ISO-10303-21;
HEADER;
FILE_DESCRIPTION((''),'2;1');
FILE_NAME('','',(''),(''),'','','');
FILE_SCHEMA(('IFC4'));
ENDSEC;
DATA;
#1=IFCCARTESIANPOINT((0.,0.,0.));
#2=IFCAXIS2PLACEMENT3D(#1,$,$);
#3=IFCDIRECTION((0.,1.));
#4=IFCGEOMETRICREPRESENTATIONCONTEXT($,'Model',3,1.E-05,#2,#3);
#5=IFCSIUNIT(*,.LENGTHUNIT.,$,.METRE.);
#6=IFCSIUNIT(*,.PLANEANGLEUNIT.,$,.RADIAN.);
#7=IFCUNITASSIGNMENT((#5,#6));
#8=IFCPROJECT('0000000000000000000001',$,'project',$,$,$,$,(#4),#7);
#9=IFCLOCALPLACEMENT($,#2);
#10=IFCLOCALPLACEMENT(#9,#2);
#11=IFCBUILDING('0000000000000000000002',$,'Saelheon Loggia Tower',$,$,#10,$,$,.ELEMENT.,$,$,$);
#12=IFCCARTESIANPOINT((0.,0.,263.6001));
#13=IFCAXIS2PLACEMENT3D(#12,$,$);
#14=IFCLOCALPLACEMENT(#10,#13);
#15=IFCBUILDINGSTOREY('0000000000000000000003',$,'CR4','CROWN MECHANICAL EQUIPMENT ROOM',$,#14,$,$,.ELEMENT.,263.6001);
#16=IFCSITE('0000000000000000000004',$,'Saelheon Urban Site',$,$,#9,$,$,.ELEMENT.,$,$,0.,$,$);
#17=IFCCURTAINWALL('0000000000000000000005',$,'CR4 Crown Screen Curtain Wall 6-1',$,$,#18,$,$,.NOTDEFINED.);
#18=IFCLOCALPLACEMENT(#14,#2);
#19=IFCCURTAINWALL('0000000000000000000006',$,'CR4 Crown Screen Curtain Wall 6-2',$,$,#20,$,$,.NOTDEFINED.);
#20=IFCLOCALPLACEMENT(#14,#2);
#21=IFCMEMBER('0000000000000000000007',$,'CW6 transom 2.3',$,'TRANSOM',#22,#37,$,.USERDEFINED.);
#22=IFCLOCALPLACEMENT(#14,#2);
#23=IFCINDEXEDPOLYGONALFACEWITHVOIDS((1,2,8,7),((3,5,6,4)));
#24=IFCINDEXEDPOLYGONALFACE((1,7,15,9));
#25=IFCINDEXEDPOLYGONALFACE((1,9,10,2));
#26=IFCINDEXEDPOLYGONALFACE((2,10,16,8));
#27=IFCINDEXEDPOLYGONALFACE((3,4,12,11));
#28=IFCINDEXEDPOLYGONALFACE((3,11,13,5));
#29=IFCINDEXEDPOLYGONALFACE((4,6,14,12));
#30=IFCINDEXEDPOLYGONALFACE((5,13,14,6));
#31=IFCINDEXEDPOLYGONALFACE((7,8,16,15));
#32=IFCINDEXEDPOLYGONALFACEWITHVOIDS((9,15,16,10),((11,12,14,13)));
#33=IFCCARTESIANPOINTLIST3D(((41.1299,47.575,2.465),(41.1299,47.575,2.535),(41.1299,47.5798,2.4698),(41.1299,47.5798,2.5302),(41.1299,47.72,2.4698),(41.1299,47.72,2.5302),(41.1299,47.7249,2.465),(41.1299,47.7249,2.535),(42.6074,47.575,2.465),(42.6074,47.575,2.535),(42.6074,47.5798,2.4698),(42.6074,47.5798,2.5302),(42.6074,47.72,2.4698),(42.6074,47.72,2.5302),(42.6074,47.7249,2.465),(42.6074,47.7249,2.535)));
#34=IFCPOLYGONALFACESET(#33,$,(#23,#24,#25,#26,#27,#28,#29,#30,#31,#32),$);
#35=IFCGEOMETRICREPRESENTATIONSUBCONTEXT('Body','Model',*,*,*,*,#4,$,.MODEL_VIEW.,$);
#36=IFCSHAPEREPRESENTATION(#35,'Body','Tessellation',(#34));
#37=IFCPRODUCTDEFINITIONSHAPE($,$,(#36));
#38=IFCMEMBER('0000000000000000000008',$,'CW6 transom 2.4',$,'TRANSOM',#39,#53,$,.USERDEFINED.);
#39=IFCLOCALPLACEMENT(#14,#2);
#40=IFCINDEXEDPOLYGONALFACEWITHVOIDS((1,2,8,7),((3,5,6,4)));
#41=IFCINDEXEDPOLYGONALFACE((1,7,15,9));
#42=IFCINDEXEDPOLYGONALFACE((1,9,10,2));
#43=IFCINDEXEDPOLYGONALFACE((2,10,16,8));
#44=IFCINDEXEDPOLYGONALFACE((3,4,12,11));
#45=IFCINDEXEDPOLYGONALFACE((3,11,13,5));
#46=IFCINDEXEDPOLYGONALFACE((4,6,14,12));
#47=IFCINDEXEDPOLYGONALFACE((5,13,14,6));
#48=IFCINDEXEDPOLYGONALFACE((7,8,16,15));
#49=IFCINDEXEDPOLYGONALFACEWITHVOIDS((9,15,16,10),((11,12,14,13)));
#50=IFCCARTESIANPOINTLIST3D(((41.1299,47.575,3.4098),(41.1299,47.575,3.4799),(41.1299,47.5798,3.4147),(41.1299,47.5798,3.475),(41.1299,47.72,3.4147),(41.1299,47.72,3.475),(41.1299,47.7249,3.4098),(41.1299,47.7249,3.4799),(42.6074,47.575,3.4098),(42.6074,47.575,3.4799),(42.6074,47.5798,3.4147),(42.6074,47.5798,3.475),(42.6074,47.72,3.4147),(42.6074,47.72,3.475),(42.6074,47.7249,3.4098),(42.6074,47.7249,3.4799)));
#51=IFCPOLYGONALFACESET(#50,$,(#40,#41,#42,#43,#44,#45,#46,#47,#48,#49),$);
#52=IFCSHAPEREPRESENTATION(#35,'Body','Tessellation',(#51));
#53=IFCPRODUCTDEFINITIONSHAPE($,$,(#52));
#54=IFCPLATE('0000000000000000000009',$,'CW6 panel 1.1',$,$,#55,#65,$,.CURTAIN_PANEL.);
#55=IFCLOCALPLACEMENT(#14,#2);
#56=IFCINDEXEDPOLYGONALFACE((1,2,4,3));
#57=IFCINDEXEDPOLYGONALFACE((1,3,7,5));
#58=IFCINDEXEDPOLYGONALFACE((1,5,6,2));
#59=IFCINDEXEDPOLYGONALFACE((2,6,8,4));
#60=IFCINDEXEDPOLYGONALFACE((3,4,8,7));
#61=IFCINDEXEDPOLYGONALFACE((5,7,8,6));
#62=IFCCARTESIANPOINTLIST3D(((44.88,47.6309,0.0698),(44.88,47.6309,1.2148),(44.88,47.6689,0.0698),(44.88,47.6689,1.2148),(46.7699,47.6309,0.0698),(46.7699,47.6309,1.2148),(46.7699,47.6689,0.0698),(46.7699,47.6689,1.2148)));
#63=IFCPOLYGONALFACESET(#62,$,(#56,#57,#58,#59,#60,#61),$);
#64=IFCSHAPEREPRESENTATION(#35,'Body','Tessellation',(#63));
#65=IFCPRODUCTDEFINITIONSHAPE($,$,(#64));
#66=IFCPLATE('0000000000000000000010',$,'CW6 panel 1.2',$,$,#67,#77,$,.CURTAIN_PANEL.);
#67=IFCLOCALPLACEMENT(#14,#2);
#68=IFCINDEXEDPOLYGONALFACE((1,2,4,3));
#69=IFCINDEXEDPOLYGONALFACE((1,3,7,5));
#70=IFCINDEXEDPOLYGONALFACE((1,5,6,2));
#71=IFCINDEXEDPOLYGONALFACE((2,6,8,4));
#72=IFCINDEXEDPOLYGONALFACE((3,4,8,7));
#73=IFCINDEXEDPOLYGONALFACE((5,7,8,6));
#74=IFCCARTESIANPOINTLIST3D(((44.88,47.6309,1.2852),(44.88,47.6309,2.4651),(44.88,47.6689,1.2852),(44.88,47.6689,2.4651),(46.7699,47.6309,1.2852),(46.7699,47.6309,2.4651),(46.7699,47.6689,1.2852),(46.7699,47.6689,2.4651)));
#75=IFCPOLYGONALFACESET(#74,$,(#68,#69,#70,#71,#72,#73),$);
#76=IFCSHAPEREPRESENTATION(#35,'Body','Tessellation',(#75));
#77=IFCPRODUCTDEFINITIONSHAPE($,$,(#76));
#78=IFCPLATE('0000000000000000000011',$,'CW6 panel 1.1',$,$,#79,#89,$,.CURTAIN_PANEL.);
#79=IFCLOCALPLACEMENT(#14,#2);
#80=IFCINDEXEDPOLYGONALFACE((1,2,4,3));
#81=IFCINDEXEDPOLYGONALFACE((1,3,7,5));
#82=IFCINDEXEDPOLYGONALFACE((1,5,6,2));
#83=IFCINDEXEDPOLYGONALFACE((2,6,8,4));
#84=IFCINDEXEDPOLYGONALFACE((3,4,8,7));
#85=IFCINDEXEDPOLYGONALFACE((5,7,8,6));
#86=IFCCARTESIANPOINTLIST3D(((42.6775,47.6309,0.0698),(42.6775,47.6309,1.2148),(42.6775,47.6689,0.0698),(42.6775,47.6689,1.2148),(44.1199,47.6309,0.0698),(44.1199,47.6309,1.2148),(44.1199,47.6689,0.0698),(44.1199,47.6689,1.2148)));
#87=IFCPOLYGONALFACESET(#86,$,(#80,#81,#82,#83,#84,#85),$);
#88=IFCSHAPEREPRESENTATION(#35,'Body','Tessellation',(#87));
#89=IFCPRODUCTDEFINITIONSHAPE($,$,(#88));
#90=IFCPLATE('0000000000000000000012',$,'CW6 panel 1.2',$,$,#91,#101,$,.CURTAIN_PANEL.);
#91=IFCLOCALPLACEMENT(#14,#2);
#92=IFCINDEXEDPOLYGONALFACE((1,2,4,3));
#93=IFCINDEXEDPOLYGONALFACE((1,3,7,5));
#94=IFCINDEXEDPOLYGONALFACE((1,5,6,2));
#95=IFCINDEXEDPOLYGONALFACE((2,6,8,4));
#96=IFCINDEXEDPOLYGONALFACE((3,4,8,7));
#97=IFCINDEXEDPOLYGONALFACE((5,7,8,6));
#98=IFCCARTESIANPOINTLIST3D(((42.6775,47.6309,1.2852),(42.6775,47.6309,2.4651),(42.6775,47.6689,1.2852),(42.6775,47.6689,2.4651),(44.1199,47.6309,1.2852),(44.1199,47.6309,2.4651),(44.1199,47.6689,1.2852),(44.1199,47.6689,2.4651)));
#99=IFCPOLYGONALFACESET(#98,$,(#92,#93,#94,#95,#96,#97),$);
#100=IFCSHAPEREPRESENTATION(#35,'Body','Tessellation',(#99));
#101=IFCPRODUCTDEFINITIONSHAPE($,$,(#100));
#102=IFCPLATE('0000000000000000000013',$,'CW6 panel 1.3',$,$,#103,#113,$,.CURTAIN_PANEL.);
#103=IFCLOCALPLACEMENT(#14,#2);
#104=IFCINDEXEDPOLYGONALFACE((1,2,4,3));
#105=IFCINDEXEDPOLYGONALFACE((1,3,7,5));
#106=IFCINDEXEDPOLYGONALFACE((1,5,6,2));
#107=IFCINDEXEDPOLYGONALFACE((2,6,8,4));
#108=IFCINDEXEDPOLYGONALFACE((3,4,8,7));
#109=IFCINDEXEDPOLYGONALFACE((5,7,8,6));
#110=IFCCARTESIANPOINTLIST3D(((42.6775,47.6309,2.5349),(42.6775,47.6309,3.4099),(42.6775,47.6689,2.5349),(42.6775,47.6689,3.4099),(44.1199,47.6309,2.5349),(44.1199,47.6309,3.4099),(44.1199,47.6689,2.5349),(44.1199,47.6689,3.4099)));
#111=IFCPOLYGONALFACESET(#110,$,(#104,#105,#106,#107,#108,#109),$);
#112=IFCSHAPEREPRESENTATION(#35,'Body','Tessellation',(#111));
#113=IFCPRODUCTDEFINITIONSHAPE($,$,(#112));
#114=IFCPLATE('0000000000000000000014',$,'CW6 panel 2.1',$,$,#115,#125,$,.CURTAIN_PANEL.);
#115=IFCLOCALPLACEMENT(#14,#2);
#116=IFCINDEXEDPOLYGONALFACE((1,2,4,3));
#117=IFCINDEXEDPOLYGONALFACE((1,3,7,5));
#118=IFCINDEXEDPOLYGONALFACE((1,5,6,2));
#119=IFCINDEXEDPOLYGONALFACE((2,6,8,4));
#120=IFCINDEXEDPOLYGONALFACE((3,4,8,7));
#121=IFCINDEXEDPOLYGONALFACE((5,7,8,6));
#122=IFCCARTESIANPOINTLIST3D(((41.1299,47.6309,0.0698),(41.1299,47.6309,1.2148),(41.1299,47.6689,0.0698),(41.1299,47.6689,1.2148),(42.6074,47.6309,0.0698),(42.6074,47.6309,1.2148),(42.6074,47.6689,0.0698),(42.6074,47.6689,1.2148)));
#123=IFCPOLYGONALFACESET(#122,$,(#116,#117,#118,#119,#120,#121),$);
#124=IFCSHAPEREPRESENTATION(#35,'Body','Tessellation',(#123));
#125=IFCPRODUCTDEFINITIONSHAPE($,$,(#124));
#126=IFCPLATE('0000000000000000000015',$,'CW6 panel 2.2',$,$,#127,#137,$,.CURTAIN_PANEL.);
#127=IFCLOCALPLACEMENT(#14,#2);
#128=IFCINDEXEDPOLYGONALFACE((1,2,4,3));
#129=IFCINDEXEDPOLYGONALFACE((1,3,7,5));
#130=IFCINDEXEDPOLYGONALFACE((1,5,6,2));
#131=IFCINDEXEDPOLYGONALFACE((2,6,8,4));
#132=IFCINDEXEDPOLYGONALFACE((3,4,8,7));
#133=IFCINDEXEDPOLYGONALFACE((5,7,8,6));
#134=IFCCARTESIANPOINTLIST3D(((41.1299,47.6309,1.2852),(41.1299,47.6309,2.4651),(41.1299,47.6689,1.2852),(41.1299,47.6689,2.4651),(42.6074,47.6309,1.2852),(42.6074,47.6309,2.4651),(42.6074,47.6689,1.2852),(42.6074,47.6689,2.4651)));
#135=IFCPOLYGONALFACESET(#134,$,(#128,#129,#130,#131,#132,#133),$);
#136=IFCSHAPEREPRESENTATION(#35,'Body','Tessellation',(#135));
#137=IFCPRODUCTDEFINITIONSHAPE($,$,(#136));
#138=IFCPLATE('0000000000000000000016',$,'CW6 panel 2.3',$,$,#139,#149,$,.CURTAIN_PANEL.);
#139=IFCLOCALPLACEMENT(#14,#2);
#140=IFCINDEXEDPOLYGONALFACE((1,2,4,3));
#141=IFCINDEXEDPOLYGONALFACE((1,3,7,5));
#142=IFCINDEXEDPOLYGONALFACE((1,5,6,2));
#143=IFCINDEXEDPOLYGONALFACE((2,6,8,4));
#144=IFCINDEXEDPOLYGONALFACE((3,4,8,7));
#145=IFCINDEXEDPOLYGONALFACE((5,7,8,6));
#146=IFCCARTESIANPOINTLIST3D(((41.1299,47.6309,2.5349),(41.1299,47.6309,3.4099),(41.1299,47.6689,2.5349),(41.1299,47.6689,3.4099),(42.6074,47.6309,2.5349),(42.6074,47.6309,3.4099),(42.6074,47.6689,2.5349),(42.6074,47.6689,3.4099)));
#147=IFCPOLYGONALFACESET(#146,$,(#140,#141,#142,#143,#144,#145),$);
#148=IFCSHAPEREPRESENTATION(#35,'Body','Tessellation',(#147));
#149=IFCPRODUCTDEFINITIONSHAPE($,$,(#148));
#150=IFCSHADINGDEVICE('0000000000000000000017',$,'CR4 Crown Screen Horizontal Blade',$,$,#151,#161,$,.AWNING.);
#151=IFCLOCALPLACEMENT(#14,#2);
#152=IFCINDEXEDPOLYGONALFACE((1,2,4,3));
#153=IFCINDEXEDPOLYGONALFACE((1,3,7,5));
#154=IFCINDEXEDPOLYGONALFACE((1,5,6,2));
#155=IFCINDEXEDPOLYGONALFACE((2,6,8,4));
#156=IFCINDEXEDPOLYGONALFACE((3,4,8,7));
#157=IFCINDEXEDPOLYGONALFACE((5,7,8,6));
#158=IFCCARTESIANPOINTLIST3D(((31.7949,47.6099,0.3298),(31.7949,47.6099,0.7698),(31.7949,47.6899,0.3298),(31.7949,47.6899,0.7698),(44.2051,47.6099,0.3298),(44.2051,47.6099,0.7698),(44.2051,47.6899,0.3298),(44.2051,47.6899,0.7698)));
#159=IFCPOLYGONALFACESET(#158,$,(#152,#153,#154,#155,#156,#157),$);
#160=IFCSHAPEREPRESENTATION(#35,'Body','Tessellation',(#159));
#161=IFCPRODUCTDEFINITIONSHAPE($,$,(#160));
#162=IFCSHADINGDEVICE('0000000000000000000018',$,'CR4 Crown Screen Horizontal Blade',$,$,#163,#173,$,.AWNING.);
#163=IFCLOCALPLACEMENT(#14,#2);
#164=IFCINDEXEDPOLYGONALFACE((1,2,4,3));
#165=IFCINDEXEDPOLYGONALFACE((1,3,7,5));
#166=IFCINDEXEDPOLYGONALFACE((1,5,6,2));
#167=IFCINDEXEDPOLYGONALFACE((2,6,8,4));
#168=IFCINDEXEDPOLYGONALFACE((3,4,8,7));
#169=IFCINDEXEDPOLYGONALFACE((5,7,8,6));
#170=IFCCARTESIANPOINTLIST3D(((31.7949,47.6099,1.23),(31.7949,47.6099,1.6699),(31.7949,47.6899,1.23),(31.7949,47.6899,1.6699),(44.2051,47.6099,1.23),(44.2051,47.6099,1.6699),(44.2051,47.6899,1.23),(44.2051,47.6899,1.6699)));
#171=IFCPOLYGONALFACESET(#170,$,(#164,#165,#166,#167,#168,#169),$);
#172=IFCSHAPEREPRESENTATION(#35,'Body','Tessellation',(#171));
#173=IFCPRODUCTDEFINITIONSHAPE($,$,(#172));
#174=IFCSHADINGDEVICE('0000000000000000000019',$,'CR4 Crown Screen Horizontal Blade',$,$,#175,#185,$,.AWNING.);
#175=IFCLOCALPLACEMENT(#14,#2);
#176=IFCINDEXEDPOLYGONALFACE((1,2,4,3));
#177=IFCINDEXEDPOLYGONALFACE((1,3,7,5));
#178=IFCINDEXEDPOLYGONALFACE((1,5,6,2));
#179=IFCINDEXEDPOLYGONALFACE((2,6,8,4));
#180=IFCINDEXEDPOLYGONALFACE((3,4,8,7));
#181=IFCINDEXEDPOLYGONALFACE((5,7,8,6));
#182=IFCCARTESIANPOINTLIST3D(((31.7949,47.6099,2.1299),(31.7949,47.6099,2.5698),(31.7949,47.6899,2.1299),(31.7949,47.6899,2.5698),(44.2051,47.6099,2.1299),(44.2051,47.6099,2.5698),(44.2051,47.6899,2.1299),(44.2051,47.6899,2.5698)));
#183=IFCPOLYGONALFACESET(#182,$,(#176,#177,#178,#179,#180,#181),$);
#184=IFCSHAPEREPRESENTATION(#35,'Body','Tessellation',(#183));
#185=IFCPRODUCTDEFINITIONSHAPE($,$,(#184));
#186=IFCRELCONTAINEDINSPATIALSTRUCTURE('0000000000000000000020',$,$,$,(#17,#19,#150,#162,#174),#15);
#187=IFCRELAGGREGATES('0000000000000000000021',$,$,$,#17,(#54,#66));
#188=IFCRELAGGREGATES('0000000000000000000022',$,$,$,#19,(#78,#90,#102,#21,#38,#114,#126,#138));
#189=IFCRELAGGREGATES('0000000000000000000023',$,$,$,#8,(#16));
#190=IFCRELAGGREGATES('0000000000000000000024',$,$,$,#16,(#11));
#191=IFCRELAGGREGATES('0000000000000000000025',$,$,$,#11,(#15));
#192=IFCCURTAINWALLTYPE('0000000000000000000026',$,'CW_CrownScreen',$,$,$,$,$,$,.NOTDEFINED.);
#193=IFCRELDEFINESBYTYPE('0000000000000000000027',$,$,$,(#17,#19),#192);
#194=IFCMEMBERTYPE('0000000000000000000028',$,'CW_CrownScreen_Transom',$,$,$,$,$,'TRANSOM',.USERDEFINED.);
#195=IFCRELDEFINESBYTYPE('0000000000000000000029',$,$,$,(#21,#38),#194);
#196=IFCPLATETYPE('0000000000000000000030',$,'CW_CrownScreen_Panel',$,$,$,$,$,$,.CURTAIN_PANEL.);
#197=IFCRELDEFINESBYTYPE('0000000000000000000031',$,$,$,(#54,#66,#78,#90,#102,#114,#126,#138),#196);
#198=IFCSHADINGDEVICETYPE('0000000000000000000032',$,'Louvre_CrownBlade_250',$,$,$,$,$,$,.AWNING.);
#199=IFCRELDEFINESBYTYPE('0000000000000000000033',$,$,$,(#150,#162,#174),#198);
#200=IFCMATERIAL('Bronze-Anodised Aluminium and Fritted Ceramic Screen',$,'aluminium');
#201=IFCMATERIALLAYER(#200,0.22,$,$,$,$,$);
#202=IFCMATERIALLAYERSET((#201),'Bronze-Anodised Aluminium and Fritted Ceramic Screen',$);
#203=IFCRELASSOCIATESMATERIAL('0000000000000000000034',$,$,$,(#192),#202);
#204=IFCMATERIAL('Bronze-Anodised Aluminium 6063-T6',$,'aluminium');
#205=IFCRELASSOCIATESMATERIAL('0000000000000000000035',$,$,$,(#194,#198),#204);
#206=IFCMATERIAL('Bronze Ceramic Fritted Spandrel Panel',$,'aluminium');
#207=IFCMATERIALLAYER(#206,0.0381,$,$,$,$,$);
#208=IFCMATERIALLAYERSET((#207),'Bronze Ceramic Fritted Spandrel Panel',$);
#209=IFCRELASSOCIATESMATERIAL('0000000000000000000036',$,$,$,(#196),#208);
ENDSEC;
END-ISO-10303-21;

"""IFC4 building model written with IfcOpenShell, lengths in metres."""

from ifc_helpers import new_model, si_unit, direction, frame, origin, origin_2d, place, context, subcontext, project, spatial, rectangle, hollow_rectangle, extrude, source, transform, mapped, material, layer, layer_set, material_profile, profile_set, type_object, element, aggregate, save


model = new_model("IFC4")

# Units and contexts
model_context = context("Model", 3, precision=1e-05, world=origin(), true_north=direction((0.0, 1.0)))
body_context = subcontext(model_context, "Body", "Model", "MODEL_VIEW")
ifc_project = project(units=[si_unit("LENGTHUNIT", "METRE"), si_unit("PLANEANGLEUNIT", "RADIAN")], contexts=[model_context])

# Site, building, storey
site_placement = place(None, origin())
site = spatial("IfcSite", under=ifc_project, at=site_placement, Name="Saelheon Urban Site", CompositionType="ELEMENT", RefElevation=0.0)
building_placement = place(site_placement, origin())
building = spatial("IfcBuilding", under=site, at=building_placement, Name="Saelheon Loggia Tower", CompositionType="ELEMENT")
storey_placement = place(building_placement, frame((0.0, 0.0, 263.6001)))
storey = spatial("IfcBuildingStorey", under=building, at=storey_placement, Name="CR4", Description="CROWN MECHANICAL EQUIPMENT ROOM", CompositionType="ELEMENT", Elevation=263.6001)

# Curtain wall
ifc_material_1 = material(Name="Bronze-Anodised Aluminium and Fritted Ceramic Screen", Category="aluminium")
ifc_layer_1 = layer(ifc_material_1, 0.22)
ifc_layer_set_1 = layer_set([ifc_layer_1], Name="Bronze-Anodised Aluminium and Fritted Ceramic Screen")
curtain_wall_type = type_object("IfcCurtainWallType", Name="CW_CrownScreen", PredefinedType="NOTDEFINED", material=ifc_layer_set_1)
curtain_wall_1_placement = place(storey_placement, origin())
curtain_wall_1 = element("IfcCurtainWall", 1, at=curtain_wall_1_placement, inside=storey, type_object=curtain_wall_type, Name="CR4 Crown Screen Curtain Wall 6-1", PredefinedType="NOTDEFINED")
ifc_material_2 = material(Name="Bronze-Anodised Aluminium 6063-T6", Category="aluminium")

# Curtain wall, members
curtain_wall_2_placement = place(storey_placement, origin())
curtain_wall_2 = element("IfcCurtainWall", 2, at=curtain_wall_2_placement, inside=storey, type_object=curtain_wall_type, Name="CR4 Crown Screen Curtain Wall 6-2", PredefinedType="NOTDEFINED")
ifc_material_profile_1 = material_profile(ifc_material_2, hollow_rectangle(XDim=0.0701, YDim=0.1499, WallThickness=0.0049, at=origin_2d()), Name="RHS-150x70x5")
ifc_profile_set_1 = profile_set([ifc_material_profile_1], Name="Bronze-Anodised Aluminium 6063-T6")
member_type_1 = type_object("IfcMemberType", Name="CW_CrownScreen_Transom", ElementType="TRANSOM", PredefinedType="USERDEFINED", material=ifc_profile_set_1)
shared_shape_1 = source(origin(), body_context, "Body", "SweptSolid", [
    extrude(hollow_rectangle(XDim=0.0701, YDim=0.1499, WallThickness=0.0049, at=origin_2d()), origin(), (0.0, 0.0, 1.0), 1.4775),
])
member_1_placement = place(storey_placement, frame((42.6074, 47.6499, 2.5), z_axis=(-1.0, 0.0, 0.0), x_axis=(0.0, 0.0, 1.0)))
member_1 = element("IfcMember", 3, at=member_1_placement, type_object=member_type_1, Name="CW6 transom 2.3", ObjectType="TRANSOM", PredefinedType="USERDEFINED", context=body_context, shape_type="MappedRepresentation", body=[
    mapped(shared_shape_1, transform((0.0, 0.0, 0.0), scale=1.0)),
])
member_2_placement = place(storey_placement, frame((42.6074, 47.6499, 3.4448), z_axis=(-1.0, 0.0, 0.0), x_axis=(0.0, 0.0, 1.0)))
member_2 = element("IfcMember", 4, at=member_2_placement, type_object=member_type_1, Name="CW6 transom 2.4", ObjectType="TRANSOM", PredefinedType="USERDEFINED", context=body_context, shape_type="MappedRepresentation", body=[
    mapped(shared_shape_1, transform((0.0, 0.0, 0.0), scale=1.0)),
])

# Plates
ifc_material_3 = material(Name="Bronze Ceramic Fritted Spandrel Panel", Category="aluminium")
ifc_layer_2 = layer(ifc_material_3, 0.0381)
ifc_layer_set_2 = layer_set([ifc_layer_2], Name="Bronze Ceramic Fritted Spandrel Panel")
plate_type = type_object("IfcPlateType", Name="CW_CrownScreen_Panel", PredefinedType="CURTAIN_PANEL", material=ifc_layer_set_2)
shared_shape_2 = source(origin(), body_context, "Body", "SweptSolid", [
    extrude(rectangle(XDim=1.8899, YDim=0.0381, at=origin_2d()), origin(), (0.0, 0.0, 1.0), 1.145),
])
plate_1_placement = place(storey_placement, frame((45.825, 47.6499, 0.0698), z_axis=(0.0, 0.0, 1.0), x_axis=(-1.0, 0.0, 0.0)))
plate_1 = element("IfcPlate", 5, at=plate_1_placement, type_object=plate_type, Name="CW6 panel 1.1", PredefinedType="CURTAIN_PANEL", context=body_context, shape_type="MappedRepresentation", body=[
    mapped(shared_shape_2, transform((0.0, 0.0, 0.0), scale=1.0)),
])
shared_shape_3 = source(origin(), body_context, "Body", "SweptSolid", [
    extrude(rectangle(XDim=1.8899, YDim=0.0381, at=origin_2d()), origin(), (0.0, 0.0, 1.0), 1.1799),
])
plate_2_placement = place(storey_placement, frame((45.825, 47.6499, 1.2852), z_axis=(0.0, 0.0, 1.0), x_axis=(-1.0, 0.0, 0.0)))
plate_2 = element("IfcPlate", 6, at=plate_2_placement, type_object=plate_type, Name="CW6 panel 1.2", PredefinedType="CURTAIN_PANEL", context=body_context, shape_type="MappedRepresentation", body=[
    mapped(shared_shape_3, transform((0.0, 0.0, 0.0), scale=1.0)),
])
aggregate(curtain_wall_1, [plate_1, plate_2])
shared_shape_4 = source(origin(), body_context, "Body", "SweptSolid", [
    extrude(rectangle(XDim=1.4424, YDim=0.0381, at=origin_2d()), origin(), (0.0, 0.0, 1.0), 1.145),
])
plate_3_placement = place(storey_placement, frame((43.3987, 47.6499, 0.0698), z_axis=(0.0, 0.0, 1.0), x_axis=(-1.0, 0.0, 0.0)))
plate_3 = element("IfcPlate", 7, at=plate_3_placement, type_object=plate_type, Name="CW6 panel 1.1", PredefinedType="CURTAIN_PANEL", context=body_context, shape_type="MappedRepresentation", body=[
    mapped(shared_shape_4, transform((0.0, 0.0, 0.0), scale=1.0)),
])
shared_shape_5 = source(origin(), body_context, "Body", "SweptSolid", [
    extrude(rectangle(XDim=1.4424, YDim=0.0381, at=origin_2d()), origin(), (0.0, 0.0, 1.0), 1.1799),
])
plate_4_placement = place(storey_placement, frame((43.3987, 47.6499, 1.2852), z_axis=(0.0, 0.0, 1.0), x_axis=(-1.0, 0.0, 0.0)))
plate_4 = element("IfcPlate", 8, at=plate_4_placement, type_object=plate_type, Name="CW6 panel 1.2", PredefinedType="CURTAIN_PANEL", context=body_context, shape_type="MappedRepresentation", body=[
    mapped(shared_shape_5, transform((0.0, 0.0, 0.0), scale=1.0)),
])
shared_shape_6 = source(origin(), body_context, "Body", "SweptSolid", [
    extrude(rectangle(XDim=1.4424, YDim=0.0381, at=origin_2d()), origin(), (0.0, 0.0, 1.0), 0.875),
])
plate_5_placement = place(storey_placement, frame((43.3987, 47.6499, 2.5349), z_axis=(0.0, 0.0, 1.0), x_axis=(-1.0, 0.0, 0.0)))
plate_5 = element("IfcPlate", 9, at=plate_5_placement, type_object=plate_type, Name="CW6 panel 1.3", PredefinedType="CURTAIN_PANEL", context=body_context, shape_type="MappedRepresentation", body=[
    mapped(shared_shape_6, transform((0.0, 0.0, 0.0), scale=1.0)),
])
shared_shape_7 = source(origin(), body_context, "Body", "SweptSolid", [
    extrude(rectangle(XDim=1.4775, YDim=0.0381, at=origin_2d()), origin(), (0.0, 0.0, 1.0), 1.145),
])
plate_6_placement = place(storey_placement, frame((41.8687, 47.6499, 0.0698), z_axis=(0.0, 0.0, 1.0), x_axis=(-1.0, 0.0, 0.0)))
plate_6 = element("IfcPlate", 10, at=plate_6_placement, type_object=plate_type, Name="CW6 panel 2.1", PredefinedType="CURTAIN_PANEL", context=body_context, shape_type="MappedRepresentation", body=[
    mapped(shared_shape_7, transform((0.0, 0.0, 0.0), scale=1.0)),
])
shared_shape_8 = source(origin(), body_context, "Body", "SweptSolid", [
    extrude(rectangle(XDim=1.4775, YDim=0.0381, at=origin_2d()), origin(), (0.0, 0.0, 1.0), 1.1799),
])
plate_7_placement = place(storey_placement, frame((41.8687, 47.6499, 1.2852), z_axis=(0.0, 0.0, 1.0), x_axis=(-1.0, 0.0, 0.0)))
plate_7 = element("IfcPlate", 11, at=plate_7_placement, type_object=plate_type, Name="CW6 panel 2.2", PredefinedType="CURTAIN_PANEL", context=body_context, shape_type="MappedRepresentation", body=[
    mapped(shared_shape_8, transform((0.0, 0.0, 0.0), scale=1.0)),
])
shared_shape_9 = source(origin(), body_context, "Body", "SweptSolid", [
    extrude(rectangle(XDim=1.4775, YDim=0.0381, at=origin_2d()), origin(), (0.0, 0.0, 1.0), 0.875),
])
plate_8_placement = place(storey_placement, frame((41.8687, 47.6499, 2.5349), z_axis=(0.0, 0.0, 1.0), x_axis=(-1.0, 0.0, 0.0)))
plate_8 = element("IfcPlate", 12, at=plate_8_placement, type_object=plate_type, Name="CW6 panel 2.3", PredefinedType="CURTAIN_PANEL", context=body_context, shape_type="MappedRepresentation", body=[
    mapped(shared_shape_9, transform((0.0, 0.0, 0.0), scale=1.0)),
])
aggregate(curtain_wall_2, [plate_3, plate_4, plate_5, member_1, member_2, plate_6, plate_7, plate_8])

# Shading devices
ifc_material_profile_2 = material_profile(ifc_material_2, rectangle(XDim=0.0801, YDim=0.4399, at=origin_2d()), Name="Louvre_CrownBlade_250")
ifc_profile_set_2 = profile_set([ifc_material_profile_2], Name="Bronze-Anodised Aluminium 6063-T6")
shading_device_type = type_object("IfcShadingDeviceType", Name="Louvre_CrownBlade_250", PredefinedType="AWNING", material=ifc_profile_set_2)
shared_shape_10 = source(origin(), body_context, "Body", "SweptSolid", [
    extrude(rectangle(XDim=0.0801, YDim=0.4399, at=origin_2d()), origin(), (0.0, 0.0, 1.0), 12.4102),
])
for number, where, z_axis, x_axis, name in (
    (13, (44.2051, 47.6499, 0.5498), (-1.0, 0.0, 0.0), (0.0, -1.0, 0.0), "CR4 Crown Screen Horizontal Blade"),
    (14, (44.2051, 47.6499, 1.45), (-1.0, 0.0, 0.0), (0.0, -1.0, 0.0), "CR4 Crown Screen Horizontal Blade"),
    (15, (44.2051, 47.6499, 2.3499), (-1.0, 0.0, 0.0), (0.0, -1.0, 0.0), "CR4 Crown Screen Horizontal Blade"),
):
    element("IfcShadingDevice", number, at=place(storey_placement, frame(where, z_axis=z_axis, x_axis=x_axis)), inside=storey, type_object=shading_device_type, Name=name, PredefinedType="AWNING", context=body_context, shape_type="MappedRepresentation", body=[
        mapped(shared_shape_10, transform((0.0, 0.0, 0.0), scale=1.0)),
    ])

save(model, "model.ifc")
